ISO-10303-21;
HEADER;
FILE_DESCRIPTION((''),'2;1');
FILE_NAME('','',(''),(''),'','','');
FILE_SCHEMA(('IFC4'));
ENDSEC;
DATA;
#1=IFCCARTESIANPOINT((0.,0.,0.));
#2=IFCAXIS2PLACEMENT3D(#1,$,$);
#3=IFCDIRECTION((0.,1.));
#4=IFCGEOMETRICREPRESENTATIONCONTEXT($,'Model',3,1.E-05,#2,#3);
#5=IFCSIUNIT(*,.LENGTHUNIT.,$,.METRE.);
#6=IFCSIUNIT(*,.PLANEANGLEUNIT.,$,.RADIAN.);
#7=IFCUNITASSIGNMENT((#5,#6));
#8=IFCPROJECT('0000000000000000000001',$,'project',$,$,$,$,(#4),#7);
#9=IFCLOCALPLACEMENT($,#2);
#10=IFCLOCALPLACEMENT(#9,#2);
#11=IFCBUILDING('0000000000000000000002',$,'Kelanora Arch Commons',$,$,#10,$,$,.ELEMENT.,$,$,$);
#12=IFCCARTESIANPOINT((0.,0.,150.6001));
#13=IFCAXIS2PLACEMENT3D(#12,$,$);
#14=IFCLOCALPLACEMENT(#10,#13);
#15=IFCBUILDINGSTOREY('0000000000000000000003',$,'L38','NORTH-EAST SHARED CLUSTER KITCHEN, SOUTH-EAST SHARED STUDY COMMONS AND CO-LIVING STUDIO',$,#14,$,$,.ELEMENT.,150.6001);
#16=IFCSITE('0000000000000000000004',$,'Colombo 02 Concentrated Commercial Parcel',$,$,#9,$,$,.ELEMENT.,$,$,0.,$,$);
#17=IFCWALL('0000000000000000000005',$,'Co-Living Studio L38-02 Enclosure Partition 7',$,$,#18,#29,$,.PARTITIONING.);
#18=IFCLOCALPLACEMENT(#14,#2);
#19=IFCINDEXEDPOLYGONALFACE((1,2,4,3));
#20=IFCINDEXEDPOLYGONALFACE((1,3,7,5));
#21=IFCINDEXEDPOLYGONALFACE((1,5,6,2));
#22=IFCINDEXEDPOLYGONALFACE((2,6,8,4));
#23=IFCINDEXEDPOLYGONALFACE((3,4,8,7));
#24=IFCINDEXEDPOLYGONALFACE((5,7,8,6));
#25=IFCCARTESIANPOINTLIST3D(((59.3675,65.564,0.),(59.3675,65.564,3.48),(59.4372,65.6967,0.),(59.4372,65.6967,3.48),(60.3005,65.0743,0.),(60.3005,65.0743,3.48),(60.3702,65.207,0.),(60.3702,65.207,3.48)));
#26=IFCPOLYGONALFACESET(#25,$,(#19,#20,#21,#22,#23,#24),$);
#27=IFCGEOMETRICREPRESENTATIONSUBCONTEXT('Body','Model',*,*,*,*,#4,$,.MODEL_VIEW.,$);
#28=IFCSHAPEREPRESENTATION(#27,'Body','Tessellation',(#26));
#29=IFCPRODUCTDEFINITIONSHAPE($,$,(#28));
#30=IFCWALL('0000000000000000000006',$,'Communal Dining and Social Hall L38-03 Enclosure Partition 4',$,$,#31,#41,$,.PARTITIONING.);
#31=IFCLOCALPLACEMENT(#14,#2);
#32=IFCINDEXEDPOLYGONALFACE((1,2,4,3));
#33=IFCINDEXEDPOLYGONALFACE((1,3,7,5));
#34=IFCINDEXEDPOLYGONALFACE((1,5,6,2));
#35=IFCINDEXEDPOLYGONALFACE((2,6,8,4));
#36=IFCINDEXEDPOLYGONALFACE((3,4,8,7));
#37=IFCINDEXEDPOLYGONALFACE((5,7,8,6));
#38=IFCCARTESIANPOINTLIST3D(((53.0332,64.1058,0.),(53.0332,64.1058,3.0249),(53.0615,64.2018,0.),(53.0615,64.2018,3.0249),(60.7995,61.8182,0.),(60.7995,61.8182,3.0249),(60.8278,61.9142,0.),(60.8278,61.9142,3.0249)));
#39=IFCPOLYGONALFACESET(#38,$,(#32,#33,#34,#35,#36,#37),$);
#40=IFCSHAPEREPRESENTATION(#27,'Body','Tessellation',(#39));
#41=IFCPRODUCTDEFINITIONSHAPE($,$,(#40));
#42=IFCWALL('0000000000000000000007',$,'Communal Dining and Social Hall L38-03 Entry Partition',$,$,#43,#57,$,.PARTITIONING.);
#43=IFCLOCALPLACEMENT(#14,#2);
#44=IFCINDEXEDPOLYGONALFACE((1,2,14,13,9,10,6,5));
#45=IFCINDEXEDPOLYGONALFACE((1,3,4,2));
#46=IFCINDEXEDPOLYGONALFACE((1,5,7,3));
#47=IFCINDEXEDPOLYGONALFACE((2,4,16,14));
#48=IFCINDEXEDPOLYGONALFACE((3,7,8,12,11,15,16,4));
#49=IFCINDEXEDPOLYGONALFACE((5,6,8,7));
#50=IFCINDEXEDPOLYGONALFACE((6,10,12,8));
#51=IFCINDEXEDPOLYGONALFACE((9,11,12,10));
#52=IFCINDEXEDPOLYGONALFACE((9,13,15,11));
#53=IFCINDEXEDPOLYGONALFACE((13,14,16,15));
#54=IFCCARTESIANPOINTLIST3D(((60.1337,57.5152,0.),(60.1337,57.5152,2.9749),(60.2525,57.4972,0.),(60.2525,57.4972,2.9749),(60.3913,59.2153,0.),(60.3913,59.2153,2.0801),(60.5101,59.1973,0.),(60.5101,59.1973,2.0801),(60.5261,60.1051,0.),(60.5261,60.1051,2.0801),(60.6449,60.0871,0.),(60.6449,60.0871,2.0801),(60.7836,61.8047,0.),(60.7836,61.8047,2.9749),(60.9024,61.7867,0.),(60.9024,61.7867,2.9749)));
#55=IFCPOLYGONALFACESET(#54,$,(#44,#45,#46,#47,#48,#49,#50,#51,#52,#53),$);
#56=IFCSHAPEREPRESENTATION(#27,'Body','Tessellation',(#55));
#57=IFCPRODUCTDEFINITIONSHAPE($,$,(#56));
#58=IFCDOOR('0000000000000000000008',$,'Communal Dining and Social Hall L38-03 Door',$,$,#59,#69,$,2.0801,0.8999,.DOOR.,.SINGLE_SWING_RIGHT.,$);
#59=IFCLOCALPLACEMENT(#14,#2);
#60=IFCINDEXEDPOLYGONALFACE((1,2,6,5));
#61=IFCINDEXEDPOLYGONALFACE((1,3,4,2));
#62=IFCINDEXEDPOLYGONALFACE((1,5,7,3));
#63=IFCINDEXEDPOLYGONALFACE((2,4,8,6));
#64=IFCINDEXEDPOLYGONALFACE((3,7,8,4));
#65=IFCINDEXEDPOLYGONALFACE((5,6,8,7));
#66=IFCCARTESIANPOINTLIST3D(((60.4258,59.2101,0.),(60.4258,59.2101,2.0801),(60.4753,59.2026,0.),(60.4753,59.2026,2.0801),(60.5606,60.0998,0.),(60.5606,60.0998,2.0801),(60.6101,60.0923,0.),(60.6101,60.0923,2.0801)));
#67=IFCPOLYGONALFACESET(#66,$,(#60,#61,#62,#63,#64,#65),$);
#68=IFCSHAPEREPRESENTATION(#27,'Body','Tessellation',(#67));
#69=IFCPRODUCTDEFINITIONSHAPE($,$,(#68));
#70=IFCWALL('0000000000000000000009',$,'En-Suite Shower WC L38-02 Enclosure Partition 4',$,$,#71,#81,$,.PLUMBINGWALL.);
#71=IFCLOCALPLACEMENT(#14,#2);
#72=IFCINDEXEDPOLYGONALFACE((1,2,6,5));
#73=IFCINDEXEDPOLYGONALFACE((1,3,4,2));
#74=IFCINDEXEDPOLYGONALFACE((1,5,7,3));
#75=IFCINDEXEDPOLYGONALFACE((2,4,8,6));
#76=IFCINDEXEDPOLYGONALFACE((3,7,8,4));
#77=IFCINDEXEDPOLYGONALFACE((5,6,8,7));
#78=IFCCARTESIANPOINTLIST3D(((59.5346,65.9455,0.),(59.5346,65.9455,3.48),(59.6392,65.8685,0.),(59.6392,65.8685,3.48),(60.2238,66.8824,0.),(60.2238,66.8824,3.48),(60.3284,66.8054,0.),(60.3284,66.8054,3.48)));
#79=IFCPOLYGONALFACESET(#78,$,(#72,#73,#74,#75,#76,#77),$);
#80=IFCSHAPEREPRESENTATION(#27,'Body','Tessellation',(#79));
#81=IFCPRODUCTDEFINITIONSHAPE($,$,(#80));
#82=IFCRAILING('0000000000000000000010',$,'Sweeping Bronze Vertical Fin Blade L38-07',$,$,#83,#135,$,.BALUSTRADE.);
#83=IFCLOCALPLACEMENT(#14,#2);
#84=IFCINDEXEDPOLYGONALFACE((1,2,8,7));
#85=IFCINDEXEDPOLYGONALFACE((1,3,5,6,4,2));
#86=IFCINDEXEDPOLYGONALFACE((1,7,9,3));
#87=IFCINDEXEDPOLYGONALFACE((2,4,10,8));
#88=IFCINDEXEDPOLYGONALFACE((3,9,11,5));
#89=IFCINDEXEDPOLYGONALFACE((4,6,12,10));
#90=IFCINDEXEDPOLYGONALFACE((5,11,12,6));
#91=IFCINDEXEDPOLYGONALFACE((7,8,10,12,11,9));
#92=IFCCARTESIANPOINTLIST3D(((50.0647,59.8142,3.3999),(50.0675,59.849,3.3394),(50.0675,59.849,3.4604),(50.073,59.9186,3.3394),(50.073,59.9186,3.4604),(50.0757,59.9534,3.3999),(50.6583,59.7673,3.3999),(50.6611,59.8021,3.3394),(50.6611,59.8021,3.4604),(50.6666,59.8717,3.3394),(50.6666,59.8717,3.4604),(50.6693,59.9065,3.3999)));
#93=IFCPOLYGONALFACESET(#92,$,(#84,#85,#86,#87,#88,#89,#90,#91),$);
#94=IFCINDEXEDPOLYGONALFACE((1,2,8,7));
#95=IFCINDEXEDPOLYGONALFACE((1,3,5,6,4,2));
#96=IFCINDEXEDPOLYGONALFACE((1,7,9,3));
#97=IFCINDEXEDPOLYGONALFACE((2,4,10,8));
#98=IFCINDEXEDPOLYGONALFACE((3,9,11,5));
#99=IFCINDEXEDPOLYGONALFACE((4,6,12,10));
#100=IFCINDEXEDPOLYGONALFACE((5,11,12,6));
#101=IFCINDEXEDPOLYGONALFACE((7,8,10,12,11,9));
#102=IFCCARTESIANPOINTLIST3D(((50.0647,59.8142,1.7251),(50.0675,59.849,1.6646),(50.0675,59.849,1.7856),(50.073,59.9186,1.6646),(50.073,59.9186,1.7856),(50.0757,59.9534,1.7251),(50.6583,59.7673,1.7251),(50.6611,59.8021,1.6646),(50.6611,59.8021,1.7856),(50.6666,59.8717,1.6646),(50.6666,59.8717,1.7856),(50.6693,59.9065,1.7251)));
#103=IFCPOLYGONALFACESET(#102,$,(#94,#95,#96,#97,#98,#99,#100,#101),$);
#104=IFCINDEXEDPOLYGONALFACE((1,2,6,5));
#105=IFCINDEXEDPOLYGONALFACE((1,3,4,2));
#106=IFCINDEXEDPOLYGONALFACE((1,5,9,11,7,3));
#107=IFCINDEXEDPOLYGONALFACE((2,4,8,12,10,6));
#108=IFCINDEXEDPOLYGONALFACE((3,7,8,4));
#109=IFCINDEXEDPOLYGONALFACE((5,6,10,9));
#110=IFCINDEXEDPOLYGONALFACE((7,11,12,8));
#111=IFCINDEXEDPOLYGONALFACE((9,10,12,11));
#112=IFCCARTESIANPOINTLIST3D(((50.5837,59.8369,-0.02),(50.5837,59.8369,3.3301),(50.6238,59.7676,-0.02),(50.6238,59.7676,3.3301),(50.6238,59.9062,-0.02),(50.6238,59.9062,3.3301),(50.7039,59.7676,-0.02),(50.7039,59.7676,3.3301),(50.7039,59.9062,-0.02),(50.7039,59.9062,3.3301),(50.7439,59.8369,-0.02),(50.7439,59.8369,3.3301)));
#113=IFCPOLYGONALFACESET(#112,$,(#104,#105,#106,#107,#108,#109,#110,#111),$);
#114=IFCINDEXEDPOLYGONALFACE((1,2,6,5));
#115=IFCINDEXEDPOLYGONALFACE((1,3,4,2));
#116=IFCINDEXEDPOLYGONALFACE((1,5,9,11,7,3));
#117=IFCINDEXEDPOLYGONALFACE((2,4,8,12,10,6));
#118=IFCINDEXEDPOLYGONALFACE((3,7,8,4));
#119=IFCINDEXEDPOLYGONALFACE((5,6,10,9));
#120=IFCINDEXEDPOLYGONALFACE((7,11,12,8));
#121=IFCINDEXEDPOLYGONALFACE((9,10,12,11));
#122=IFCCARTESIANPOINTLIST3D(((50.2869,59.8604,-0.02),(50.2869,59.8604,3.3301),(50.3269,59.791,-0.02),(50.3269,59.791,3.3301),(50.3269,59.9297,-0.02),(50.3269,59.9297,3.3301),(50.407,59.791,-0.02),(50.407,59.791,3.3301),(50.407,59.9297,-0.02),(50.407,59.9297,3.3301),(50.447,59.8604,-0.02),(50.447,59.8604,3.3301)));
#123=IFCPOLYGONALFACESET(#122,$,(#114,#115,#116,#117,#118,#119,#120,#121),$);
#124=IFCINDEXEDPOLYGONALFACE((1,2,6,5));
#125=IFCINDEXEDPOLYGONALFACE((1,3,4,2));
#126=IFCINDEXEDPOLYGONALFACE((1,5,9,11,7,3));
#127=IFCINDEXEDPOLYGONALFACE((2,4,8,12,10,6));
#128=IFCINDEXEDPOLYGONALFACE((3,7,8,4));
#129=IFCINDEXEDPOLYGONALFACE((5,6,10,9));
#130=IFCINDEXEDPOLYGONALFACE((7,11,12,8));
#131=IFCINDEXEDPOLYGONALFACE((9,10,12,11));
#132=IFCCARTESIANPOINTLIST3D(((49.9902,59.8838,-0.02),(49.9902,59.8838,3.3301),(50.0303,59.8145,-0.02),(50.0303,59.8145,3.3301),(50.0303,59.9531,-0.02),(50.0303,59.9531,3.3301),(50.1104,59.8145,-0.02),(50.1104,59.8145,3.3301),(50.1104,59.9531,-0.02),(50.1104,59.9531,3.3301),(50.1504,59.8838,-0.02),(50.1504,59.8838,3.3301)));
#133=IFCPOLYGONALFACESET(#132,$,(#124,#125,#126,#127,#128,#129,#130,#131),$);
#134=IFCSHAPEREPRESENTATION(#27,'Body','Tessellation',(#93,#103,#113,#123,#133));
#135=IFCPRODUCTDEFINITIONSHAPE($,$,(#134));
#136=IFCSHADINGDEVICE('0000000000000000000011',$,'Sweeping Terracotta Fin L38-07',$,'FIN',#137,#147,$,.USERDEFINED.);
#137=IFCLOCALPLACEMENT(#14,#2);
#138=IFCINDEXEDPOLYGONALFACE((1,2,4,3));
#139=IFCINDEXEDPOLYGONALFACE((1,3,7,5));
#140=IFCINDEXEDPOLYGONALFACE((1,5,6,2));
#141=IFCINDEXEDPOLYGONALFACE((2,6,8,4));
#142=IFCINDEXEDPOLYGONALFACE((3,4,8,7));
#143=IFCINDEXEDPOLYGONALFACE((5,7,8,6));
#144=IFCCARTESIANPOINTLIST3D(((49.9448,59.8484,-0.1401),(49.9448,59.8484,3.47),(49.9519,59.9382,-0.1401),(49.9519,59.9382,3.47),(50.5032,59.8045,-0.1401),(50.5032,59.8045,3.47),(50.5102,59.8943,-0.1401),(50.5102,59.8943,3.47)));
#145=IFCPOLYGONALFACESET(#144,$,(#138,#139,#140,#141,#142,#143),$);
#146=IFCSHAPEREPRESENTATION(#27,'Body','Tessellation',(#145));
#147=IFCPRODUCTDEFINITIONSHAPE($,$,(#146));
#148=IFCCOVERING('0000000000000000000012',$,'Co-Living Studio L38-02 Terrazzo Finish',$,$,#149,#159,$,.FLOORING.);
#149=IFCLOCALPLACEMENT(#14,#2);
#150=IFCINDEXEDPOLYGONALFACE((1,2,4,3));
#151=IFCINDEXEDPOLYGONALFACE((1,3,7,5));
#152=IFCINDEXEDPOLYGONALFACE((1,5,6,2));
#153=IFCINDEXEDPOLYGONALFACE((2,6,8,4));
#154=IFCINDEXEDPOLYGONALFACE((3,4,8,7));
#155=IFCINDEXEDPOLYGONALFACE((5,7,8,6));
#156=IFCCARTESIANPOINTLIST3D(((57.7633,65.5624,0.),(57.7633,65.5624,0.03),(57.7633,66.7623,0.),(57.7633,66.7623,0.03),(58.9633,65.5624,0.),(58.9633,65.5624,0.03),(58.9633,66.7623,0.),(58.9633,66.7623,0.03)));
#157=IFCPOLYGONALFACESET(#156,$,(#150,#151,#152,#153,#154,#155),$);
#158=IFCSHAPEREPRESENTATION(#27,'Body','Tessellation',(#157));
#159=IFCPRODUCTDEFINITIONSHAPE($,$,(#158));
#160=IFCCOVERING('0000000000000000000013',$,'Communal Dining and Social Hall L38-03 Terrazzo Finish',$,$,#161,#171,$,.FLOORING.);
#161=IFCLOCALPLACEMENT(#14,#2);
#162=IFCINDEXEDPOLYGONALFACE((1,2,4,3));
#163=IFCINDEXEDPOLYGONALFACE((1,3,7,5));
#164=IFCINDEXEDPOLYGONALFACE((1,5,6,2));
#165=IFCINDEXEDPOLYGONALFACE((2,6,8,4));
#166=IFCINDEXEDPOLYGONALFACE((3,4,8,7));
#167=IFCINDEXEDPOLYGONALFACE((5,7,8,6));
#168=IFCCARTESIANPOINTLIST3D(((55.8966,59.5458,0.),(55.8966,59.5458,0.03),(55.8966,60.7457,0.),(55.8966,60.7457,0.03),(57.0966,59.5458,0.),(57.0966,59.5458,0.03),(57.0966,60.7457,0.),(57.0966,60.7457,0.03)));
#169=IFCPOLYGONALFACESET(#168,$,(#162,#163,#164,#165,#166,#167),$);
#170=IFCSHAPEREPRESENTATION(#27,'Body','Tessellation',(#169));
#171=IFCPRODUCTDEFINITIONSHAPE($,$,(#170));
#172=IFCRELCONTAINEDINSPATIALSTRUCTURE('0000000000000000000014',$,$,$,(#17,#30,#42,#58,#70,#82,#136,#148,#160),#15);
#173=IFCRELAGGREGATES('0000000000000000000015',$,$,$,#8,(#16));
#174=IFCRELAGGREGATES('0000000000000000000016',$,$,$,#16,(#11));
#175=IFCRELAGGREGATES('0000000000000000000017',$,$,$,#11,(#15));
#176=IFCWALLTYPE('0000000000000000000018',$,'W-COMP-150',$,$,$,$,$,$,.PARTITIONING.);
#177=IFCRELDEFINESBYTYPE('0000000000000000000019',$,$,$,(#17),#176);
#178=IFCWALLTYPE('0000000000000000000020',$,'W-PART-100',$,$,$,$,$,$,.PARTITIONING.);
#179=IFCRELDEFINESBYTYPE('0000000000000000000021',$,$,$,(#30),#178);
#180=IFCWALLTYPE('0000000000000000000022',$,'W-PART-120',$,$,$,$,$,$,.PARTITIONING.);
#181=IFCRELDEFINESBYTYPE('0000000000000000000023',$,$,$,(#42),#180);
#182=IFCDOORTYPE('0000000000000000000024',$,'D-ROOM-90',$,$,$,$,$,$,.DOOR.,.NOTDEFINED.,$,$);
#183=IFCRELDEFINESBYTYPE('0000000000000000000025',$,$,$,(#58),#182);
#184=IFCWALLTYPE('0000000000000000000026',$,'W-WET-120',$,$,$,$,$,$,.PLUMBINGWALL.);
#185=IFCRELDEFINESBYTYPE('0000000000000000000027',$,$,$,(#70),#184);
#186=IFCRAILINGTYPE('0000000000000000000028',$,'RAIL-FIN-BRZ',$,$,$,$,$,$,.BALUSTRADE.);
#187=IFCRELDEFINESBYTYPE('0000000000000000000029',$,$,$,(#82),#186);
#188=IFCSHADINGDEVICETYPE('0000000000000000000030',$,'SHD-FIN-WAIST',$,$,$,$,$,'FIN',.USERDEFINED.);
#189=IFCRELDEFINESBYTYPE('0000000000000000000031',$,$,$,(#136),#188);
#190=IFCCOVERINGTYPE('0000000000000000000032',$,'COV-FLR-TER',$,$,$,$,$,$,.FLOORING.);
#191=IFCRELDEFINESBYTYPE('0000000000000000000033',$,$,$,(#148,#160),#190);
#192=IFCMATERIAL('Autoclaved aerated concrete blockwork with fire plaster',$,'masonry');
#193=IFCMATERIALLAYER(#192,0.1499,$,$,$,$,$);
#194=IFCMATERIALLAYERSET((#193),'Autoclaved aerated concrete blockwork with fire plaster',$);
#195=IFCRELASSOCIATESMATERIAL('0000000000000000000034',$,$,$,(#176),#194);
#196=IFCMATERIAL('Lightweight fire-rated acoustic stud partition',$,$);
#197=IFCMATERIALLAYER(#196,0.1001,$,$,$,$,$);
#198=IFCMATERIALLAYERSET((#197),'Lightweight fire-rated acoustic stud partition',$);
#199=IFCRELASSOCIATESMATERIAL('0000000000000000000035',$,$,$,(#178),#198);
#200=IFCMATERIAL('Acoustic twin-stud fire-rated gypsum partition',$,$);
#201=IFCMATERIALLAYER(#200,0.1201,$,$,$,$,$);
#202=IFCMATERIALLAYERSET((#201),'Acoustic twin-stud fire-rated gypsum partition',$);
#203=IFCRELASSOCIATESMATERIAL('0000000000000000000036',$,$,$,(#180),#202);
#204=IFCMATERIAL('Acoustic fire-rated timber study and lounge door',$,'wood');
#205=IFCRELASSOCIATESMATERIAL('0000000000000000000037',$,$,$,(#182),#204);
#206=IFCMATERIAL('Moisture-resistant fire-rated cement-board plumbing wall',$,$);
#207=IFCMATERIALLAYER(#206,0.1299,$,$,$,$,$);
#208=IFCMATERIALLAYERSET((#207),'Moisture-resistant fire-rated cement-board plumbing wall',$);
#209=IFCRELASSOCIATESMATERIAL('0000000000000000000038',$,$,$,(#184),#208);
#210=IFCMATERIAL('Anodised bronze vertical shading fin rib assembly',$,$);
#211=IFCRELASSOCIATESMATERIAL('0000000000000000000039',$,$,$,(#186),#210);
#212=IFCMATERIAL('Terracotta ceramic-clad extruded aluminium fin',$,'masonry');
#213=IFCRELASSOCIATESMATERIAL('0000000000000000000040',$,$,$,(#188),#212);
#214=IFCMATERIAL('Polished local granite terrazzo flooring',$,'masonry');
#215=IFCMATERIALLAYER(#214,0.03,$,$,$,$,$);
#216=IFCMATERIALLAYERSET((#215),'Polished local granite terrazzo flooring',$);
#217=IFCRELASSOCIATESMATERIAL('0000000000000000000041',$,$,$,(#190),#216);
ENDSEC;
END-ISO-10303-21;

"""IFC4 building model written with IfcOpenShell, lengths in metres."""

from ifc_helpers import new_model, si_unit, direction, frame, frame_2d, origin, origin_2d, place, context, subcontext, project, spatial, polyline, rectangle, outline, extrude, source, transform, mapped, material, layer, layer_set, type_object, element, fill, save


model = new_model("IFC4")

# Units and contexts
model_context = context("Model", 3, precision=1e-05, world=origin(), true_north=direction((0.0, 1.0)))
body_context = subcontext(model_context, "Body", "Model", "MODEL_VIEW")
ifc_project = project(units=[si_unit("LENGTHUNIT", "METRE"), si_unit("PLANEANGLEUNIT", "RADIAN")], contexts=[model_context])

# Site, building, storey
site_placement = place(None, origin())
site = spatial("IfcSite", under=ifc_project, at=site_placement, Name="Colombo 02 Concentrated Commercial Parcel", CompositionType="ELEMENT", RefElevation=0.0)
building_placement = place(site_placement, origin())
building = spatial("IfcBuilding", under=site, at=building_placement, Name="Kelanora Arch Commons", CompositionType="ELEMENT")
storey_placement = place(building_placement, frame((0.0, 0.0, 150.6001)))
storey = spatial("IfcBuildingStorey", under=building, at=storey_placement, Name="L38", Description="NORTH-EAST SHARED CLUSTER KITCHEN, SOUTH-EAST SHARED STUDY COMMONS AND CO-LIVING STUDIO", CompositionType="ELEMENT", Elevation=150.6001)

# Walls
ifc_material_1 = material(Name="Autoclaved aerated concrete blockwork with fire plaster", Category="masonry")
ifc_layer_1 = layer(ifc_material_1, 0.1499)
ifc_layer_set_1 = layer_set([ifc_layer_1], Name="Autoclaved aerated concrete blockwork with fire plaster")
wall_type_1 = type_object("IfcWallType", Name="W-COMP-150", PredefinedType="PARTITIONING", material=ifc_layer_set_1)
wall_1_placement = place(storey_placement, frame((59.4023, 65.6304, 0.0), z_axis=(0.0, 0.0, 1.0), x_axis=(0.88545, -0.464734, 0.0)))
element("IfcWall", 1, at=wall_1_placement, inside=storey, type_object=wall_type_1, Name="Co-Living Studio L38-02 Enclosure Partition 7", PredefinedType="PARTITIONING", context=body_context, shape_type="SweptSolid", body=[
    extrude(rectangle(XDim=1.0537, YDim=0.1499, at=frame_2d((0.5269, 0.0))), origin(), (0.0, 0.0, 1.0), 3.48),
])
ifc_material_2 = material(Name="Lightweight fire-rated acoustic stud partition")
ifc_layer_2 = layer(ifc_material_2, 0.1001)
ifc_layer_set_2 = layer_set([ifc_layer_2], Name="Lightweight fire-rated acoustic stud partition")
wall_type_2 = type_object("IfcWallType", Name="W-PART-100", PredefinedType="PARTITIONING", material=ifc_layer_set_2)
wall_2_placement = place(storey_placement, frame((53.0474, 64.1538, 0.0), z_axis=(0.0, 0.0, 1.0), x_axis=(0.959253, -0.28255, 0.0)))
element("IfcWall", 2, at=wall_2_placement, inside=storey, type_object=wall_type_2, Name="Communal Dining and Social Hall L38-03 Enclosure Partition 4", PredefinedType="PARTITIONING", context=body_context, shape_type="SweptSolid", body=[
    extrude(rectangle(XDim=8.0962, YDim=0.1001, at=frame_2d((4.0481, 0.0))), origin(), (0.0, 0.0, 1.0), 3.0249),
])

# Wall, opening, door
ifc_material_3 = material(Name="Acoustic twin-stud fire-rated gypsum partition")
ifc_layer_3 = layer(ifc_material_3, 0.1201)
ifc_layer_set_3 = layer_set([ifc_layer_3], Name="Acoustic twin-stud fire-rated gypsum partition")
wall_type_3 = type_object("IfcWallType", Name="W-PART-120", PredefinedType="PARTITIONING", material=ifc_layer_set_3)
wall_3_placement = place(storey_placement, frame((60.843, 61.7957, 0.0), z_axis=(0.0, 0.0, 1.0), x_axis=(-0.149807, -0.988715, 0.0)))
wall_3 = element("IfcWall", 3, at=wall_3_placement, inside=storey, type_object=wall_type_3, Name="Communal Dining and Social Hall L38-03 Entry Partition", PredefinedType="PARTITIONING", context=body_context, shape_type="SweptSolid", body=[
    extrude(rectangle(XDim=4.3384, YDim=0.1201, at=frame_2d((2.1692, 0.0))), origin(), (0.0, 0.0, 1.0), 2.9749),
])
opening_placement = place(wall_3_placement, frame((1.719, 0.0, 0.0)))
opening = element("IfcOpeningElement", 4, at=opening_placement, cuts=wall_3, PredefinedType="OPENING", context=body_context, shape_type="SweptSolid", body=[
    extrude(rectangle(XDim=0.8999, YDim=2.0801, at=frame_2d((0.45, 1.04))), frame((0.0, 0.0701, 0.0), z_axis=(0.0, -1.0, 0.0), x_axis=(1.0, 0.0, 0.0)), (0.0, 0.0, 1.0), 0.1401),
])
ifc_material_4 = material(Name="Acoustic fire-rated timber study and lounge door", Category="wood")
door_type = type_object("IfcDoorType", Name="D-ROOM-90", OperationType="NOTDEFINED", PredefinedType="DOOR", material=ifc_material_4)
door_placement = place(opening_placement, origin())
door = element("IfcDoor", 5, at=door_placement, inside=storey, type_object=door_type, Name="Communal Dining and Social Hall L38-03 Door", OperationType="SINGLE_SWING_RIGHT", OverallHeight=2.0801, OverallWidth=0.8999, PredefinedType="DOOR", context=body_context, shape_type="SweptSolid", body=[
    extrude(rectangle(XDim=0.8999, YDim=2.0801, at=frame_2d((0.45, 1.04))), frame((0.0, 0.0249, 0.0), z_axis=(0.0, -1.0, 0.0), x_axis=(1.0, 0.0, 0.0)), (0.0, 0.0, 1.0), 0.05),
])
fill(opening, door)

# Wall
ifc_material_5 = material(Name="Moisture-resistant fire-rated cement-board plumbing wall")
ifc_layer_4 = layer(ifc_material_5, 0.1299)
ifc_layer_set_4 = layer_set([ifc_layer_4], Name="Moisture-resistant fire-rated cement-board plumbing wall")
wall_type_4 = type_object("IfcWallType", Name="W-WET-120", PredefinedType="PLUMBINGWALL", material=ifc_layer_set_4)
wall_4_placement = place(storey_placement, frame((59.5869, 65.907, 0.0), z_axis=(0.0, 0.0, 1.0), x_axis=(0.592519, 0.805557, 0.0)))
element("IfcWall", 6, at=wall_4_placement, inside=storey, type_object=wall_type_4, Name="En-Suite Shower WC L38-02 Enclosure Partition 4", PredefinedType="PLUMBINGWALL", context=body_context, shape_type="SweptSolid", body=[
    extrude(rectangle(XDim=1.1631, YDim=0.1299, at=frame_2d((0.5815, 0.0))), origin(), (0.0, 0.0, 1.0), 3.48),
])

# Railing
ifc_material_6 = material(Name="Anodised bronze vertical shading fin rib assembly")
railing_type = type_object("IfcRailingType", Name="RAIL-FIN-BRZ", PredefinedType="BALUSTRADE", material=ifc_material_6)
railing_placement = place(storey_placement, frame((50.6638, 59.8369, -0.02)))
element("IfcRailing", 7, at=railing_placement, inside=storey, type_object=railing_type, Name="Sweeping Bronze Vertical Fin Blade L38-07", PredefinedType="BALUSTRADE", context=body_context, shape_type="SweptSolid", body=[
    extrude(outline(polyline([(0.0698, 0.0), (0.0349, 0.0605), (-0.0349, 0.0605), (-0.0698, 0.0), (-0.0349, -0.0605), (0.0349, -0.0605), (0.0698, 0.0)])), frame((0.0, 0.0, 3.4199), z_axis=(-0.996896, 0.078735, 0.0), x_axis=(-0.078735, -0.996896, 0.0)), (0.0, 0.0, 1.0), 0.5955),
    extrude(outline(polyline([(0.0698, 0.0), (0.0349, 0.0605), (-0.0349, 0.0605), (-0.0698, 0.0), (-0.0349, -0.0605), (0.0349, -0.0605), (0.0698, 0.0)])), frame((0.0, 0.0, 1.7451), z_axis=(-0.996896, 0.078735, 0.0), x_axis=(-0.078735, -0.996896, 0.0)), (0.0, 0.0, 1.0), 0.5955),
    extrude(outline(polyline([(0.0801, 0.0), (0.04, 0.0693), (-0.04, 0.0693), (-0.0801, 0.0), (-0.04, -0.0693), (0.04, -0.0693), (0.0801, 0.0)])), origin(), (0.0, 0.0, 1.0), 3.3501),
    extrude(outline(polyline([(0.0801, 0.0), (0.04, 0.0693), (-0.04, 0.0693), (-0.0801, 0.0), (-0.04, -0.0693), (0.04, -0.0693), (0.0801, 0.0)])), frame((-0.2969, 0.0234, 0.0)), (0.0, 0.0, 1.0), 3.3501),
    extrude(outline(polyline([(0.0801, 0.0), (0.04, 0.0693), (-0.04, 0.0693), (-0.0801, 0.0), (-0.04, -0.0693), (0.04, -0.0693), (0.0801, 0.0)])), frame((-0.5935, 0.0469, 0.0)), (0.0, 0.0, 1.0), 3.3501),
])

# Shading device
ifc_material_7 = material(Name="Terracotta ceramic-clad extruded aluminium fin", Category="masonry")
shading_device_type = type_object("IfcShadingDeviceType", Name="SHD-FIN-WAIST", ElementType="FIN", PredefinedType="USERDEFINED", material=ifc_material_7)
shared_shape_1 = source(origin(), body_context, "Body", "SweptSolid", [
    extrude(rectangle(XDim=0.5601, YDim=0.0901, at=origin_2d()), origin(), (0.0, 0.0, 1.0), 3.6101),
])
shading_device_placement = place(storey_placement, frame((50.2275, 59.8713, -0.1401), z_axis=(0.0, 0.0, 1.0), x_axis=(-0.996917, 0.078459, 0.0)))
element("IfcShadingDevice", 8, at=shading_device_placement, inside=storey, type_object=shading_device_type, Name="Sweeping Terracotta Fin L38-07", ObjectType="FIN", PredefinedType="USERDEFINED", context=body_context, shape_type="MappedRepresentation", body=[
    mapped(shared_shape_1, transform((0.0, 0.0, 0.0), scale=1.0)),
])

# Coverings
ifc_material_8 = material(Name="Polished local granite terrazzo flooring", Category="masonry")
ifc_layer_5 = layer(ifc_material_8, 0.03)
ifc_layer_set_5 = layer_set([ifc_layer_5], Name="Polished local granite terrazzo flooring")
covering_type = type_object("IfcCoveringType", Name="COV-FLR-TER", PredefinedType="FLOORING", material=ifc_layer_set_5)
shared_shape_2 = source(origin(), body_context, "Body", "SweptSolid", [
    extrude(rectangle(XDim=1.2, YDim=1.2, at=origin_2d()), origin(), (0.0, 0.0, 1.0), 0.03),
])
for number, where, z_axis, x_axis, name in (
    (9, (58.3633, 66.1624, 0.0), (0.0, 0.0, 1.0), (1.0, 0.0, 0.0), "Co-Living Studio L38-02 Terrazzo Finish"),
    (10, (56.4966, 60.1458, 0.0), (0.0, 0.0, 1.0), (1.0, 0.0, 0.0), "Communal Dining and Social Hall L38-03 Terrazzo Finish"),
):
    element("IfcCovering", number, at=place(storey_placement, frame(where, z_axis=z_axis, x_axis=x_axis)), inside=storey, type_object=covering_type, Name=name, PredefinedType="FLOORING", context=body_context, shape_type="MappedRepresentation", body=[
        mapped(shared_shape_2, transform((0.0, 0.0, 0.0), scale=1.0)),
    ])

save(model, "model.ifc")
